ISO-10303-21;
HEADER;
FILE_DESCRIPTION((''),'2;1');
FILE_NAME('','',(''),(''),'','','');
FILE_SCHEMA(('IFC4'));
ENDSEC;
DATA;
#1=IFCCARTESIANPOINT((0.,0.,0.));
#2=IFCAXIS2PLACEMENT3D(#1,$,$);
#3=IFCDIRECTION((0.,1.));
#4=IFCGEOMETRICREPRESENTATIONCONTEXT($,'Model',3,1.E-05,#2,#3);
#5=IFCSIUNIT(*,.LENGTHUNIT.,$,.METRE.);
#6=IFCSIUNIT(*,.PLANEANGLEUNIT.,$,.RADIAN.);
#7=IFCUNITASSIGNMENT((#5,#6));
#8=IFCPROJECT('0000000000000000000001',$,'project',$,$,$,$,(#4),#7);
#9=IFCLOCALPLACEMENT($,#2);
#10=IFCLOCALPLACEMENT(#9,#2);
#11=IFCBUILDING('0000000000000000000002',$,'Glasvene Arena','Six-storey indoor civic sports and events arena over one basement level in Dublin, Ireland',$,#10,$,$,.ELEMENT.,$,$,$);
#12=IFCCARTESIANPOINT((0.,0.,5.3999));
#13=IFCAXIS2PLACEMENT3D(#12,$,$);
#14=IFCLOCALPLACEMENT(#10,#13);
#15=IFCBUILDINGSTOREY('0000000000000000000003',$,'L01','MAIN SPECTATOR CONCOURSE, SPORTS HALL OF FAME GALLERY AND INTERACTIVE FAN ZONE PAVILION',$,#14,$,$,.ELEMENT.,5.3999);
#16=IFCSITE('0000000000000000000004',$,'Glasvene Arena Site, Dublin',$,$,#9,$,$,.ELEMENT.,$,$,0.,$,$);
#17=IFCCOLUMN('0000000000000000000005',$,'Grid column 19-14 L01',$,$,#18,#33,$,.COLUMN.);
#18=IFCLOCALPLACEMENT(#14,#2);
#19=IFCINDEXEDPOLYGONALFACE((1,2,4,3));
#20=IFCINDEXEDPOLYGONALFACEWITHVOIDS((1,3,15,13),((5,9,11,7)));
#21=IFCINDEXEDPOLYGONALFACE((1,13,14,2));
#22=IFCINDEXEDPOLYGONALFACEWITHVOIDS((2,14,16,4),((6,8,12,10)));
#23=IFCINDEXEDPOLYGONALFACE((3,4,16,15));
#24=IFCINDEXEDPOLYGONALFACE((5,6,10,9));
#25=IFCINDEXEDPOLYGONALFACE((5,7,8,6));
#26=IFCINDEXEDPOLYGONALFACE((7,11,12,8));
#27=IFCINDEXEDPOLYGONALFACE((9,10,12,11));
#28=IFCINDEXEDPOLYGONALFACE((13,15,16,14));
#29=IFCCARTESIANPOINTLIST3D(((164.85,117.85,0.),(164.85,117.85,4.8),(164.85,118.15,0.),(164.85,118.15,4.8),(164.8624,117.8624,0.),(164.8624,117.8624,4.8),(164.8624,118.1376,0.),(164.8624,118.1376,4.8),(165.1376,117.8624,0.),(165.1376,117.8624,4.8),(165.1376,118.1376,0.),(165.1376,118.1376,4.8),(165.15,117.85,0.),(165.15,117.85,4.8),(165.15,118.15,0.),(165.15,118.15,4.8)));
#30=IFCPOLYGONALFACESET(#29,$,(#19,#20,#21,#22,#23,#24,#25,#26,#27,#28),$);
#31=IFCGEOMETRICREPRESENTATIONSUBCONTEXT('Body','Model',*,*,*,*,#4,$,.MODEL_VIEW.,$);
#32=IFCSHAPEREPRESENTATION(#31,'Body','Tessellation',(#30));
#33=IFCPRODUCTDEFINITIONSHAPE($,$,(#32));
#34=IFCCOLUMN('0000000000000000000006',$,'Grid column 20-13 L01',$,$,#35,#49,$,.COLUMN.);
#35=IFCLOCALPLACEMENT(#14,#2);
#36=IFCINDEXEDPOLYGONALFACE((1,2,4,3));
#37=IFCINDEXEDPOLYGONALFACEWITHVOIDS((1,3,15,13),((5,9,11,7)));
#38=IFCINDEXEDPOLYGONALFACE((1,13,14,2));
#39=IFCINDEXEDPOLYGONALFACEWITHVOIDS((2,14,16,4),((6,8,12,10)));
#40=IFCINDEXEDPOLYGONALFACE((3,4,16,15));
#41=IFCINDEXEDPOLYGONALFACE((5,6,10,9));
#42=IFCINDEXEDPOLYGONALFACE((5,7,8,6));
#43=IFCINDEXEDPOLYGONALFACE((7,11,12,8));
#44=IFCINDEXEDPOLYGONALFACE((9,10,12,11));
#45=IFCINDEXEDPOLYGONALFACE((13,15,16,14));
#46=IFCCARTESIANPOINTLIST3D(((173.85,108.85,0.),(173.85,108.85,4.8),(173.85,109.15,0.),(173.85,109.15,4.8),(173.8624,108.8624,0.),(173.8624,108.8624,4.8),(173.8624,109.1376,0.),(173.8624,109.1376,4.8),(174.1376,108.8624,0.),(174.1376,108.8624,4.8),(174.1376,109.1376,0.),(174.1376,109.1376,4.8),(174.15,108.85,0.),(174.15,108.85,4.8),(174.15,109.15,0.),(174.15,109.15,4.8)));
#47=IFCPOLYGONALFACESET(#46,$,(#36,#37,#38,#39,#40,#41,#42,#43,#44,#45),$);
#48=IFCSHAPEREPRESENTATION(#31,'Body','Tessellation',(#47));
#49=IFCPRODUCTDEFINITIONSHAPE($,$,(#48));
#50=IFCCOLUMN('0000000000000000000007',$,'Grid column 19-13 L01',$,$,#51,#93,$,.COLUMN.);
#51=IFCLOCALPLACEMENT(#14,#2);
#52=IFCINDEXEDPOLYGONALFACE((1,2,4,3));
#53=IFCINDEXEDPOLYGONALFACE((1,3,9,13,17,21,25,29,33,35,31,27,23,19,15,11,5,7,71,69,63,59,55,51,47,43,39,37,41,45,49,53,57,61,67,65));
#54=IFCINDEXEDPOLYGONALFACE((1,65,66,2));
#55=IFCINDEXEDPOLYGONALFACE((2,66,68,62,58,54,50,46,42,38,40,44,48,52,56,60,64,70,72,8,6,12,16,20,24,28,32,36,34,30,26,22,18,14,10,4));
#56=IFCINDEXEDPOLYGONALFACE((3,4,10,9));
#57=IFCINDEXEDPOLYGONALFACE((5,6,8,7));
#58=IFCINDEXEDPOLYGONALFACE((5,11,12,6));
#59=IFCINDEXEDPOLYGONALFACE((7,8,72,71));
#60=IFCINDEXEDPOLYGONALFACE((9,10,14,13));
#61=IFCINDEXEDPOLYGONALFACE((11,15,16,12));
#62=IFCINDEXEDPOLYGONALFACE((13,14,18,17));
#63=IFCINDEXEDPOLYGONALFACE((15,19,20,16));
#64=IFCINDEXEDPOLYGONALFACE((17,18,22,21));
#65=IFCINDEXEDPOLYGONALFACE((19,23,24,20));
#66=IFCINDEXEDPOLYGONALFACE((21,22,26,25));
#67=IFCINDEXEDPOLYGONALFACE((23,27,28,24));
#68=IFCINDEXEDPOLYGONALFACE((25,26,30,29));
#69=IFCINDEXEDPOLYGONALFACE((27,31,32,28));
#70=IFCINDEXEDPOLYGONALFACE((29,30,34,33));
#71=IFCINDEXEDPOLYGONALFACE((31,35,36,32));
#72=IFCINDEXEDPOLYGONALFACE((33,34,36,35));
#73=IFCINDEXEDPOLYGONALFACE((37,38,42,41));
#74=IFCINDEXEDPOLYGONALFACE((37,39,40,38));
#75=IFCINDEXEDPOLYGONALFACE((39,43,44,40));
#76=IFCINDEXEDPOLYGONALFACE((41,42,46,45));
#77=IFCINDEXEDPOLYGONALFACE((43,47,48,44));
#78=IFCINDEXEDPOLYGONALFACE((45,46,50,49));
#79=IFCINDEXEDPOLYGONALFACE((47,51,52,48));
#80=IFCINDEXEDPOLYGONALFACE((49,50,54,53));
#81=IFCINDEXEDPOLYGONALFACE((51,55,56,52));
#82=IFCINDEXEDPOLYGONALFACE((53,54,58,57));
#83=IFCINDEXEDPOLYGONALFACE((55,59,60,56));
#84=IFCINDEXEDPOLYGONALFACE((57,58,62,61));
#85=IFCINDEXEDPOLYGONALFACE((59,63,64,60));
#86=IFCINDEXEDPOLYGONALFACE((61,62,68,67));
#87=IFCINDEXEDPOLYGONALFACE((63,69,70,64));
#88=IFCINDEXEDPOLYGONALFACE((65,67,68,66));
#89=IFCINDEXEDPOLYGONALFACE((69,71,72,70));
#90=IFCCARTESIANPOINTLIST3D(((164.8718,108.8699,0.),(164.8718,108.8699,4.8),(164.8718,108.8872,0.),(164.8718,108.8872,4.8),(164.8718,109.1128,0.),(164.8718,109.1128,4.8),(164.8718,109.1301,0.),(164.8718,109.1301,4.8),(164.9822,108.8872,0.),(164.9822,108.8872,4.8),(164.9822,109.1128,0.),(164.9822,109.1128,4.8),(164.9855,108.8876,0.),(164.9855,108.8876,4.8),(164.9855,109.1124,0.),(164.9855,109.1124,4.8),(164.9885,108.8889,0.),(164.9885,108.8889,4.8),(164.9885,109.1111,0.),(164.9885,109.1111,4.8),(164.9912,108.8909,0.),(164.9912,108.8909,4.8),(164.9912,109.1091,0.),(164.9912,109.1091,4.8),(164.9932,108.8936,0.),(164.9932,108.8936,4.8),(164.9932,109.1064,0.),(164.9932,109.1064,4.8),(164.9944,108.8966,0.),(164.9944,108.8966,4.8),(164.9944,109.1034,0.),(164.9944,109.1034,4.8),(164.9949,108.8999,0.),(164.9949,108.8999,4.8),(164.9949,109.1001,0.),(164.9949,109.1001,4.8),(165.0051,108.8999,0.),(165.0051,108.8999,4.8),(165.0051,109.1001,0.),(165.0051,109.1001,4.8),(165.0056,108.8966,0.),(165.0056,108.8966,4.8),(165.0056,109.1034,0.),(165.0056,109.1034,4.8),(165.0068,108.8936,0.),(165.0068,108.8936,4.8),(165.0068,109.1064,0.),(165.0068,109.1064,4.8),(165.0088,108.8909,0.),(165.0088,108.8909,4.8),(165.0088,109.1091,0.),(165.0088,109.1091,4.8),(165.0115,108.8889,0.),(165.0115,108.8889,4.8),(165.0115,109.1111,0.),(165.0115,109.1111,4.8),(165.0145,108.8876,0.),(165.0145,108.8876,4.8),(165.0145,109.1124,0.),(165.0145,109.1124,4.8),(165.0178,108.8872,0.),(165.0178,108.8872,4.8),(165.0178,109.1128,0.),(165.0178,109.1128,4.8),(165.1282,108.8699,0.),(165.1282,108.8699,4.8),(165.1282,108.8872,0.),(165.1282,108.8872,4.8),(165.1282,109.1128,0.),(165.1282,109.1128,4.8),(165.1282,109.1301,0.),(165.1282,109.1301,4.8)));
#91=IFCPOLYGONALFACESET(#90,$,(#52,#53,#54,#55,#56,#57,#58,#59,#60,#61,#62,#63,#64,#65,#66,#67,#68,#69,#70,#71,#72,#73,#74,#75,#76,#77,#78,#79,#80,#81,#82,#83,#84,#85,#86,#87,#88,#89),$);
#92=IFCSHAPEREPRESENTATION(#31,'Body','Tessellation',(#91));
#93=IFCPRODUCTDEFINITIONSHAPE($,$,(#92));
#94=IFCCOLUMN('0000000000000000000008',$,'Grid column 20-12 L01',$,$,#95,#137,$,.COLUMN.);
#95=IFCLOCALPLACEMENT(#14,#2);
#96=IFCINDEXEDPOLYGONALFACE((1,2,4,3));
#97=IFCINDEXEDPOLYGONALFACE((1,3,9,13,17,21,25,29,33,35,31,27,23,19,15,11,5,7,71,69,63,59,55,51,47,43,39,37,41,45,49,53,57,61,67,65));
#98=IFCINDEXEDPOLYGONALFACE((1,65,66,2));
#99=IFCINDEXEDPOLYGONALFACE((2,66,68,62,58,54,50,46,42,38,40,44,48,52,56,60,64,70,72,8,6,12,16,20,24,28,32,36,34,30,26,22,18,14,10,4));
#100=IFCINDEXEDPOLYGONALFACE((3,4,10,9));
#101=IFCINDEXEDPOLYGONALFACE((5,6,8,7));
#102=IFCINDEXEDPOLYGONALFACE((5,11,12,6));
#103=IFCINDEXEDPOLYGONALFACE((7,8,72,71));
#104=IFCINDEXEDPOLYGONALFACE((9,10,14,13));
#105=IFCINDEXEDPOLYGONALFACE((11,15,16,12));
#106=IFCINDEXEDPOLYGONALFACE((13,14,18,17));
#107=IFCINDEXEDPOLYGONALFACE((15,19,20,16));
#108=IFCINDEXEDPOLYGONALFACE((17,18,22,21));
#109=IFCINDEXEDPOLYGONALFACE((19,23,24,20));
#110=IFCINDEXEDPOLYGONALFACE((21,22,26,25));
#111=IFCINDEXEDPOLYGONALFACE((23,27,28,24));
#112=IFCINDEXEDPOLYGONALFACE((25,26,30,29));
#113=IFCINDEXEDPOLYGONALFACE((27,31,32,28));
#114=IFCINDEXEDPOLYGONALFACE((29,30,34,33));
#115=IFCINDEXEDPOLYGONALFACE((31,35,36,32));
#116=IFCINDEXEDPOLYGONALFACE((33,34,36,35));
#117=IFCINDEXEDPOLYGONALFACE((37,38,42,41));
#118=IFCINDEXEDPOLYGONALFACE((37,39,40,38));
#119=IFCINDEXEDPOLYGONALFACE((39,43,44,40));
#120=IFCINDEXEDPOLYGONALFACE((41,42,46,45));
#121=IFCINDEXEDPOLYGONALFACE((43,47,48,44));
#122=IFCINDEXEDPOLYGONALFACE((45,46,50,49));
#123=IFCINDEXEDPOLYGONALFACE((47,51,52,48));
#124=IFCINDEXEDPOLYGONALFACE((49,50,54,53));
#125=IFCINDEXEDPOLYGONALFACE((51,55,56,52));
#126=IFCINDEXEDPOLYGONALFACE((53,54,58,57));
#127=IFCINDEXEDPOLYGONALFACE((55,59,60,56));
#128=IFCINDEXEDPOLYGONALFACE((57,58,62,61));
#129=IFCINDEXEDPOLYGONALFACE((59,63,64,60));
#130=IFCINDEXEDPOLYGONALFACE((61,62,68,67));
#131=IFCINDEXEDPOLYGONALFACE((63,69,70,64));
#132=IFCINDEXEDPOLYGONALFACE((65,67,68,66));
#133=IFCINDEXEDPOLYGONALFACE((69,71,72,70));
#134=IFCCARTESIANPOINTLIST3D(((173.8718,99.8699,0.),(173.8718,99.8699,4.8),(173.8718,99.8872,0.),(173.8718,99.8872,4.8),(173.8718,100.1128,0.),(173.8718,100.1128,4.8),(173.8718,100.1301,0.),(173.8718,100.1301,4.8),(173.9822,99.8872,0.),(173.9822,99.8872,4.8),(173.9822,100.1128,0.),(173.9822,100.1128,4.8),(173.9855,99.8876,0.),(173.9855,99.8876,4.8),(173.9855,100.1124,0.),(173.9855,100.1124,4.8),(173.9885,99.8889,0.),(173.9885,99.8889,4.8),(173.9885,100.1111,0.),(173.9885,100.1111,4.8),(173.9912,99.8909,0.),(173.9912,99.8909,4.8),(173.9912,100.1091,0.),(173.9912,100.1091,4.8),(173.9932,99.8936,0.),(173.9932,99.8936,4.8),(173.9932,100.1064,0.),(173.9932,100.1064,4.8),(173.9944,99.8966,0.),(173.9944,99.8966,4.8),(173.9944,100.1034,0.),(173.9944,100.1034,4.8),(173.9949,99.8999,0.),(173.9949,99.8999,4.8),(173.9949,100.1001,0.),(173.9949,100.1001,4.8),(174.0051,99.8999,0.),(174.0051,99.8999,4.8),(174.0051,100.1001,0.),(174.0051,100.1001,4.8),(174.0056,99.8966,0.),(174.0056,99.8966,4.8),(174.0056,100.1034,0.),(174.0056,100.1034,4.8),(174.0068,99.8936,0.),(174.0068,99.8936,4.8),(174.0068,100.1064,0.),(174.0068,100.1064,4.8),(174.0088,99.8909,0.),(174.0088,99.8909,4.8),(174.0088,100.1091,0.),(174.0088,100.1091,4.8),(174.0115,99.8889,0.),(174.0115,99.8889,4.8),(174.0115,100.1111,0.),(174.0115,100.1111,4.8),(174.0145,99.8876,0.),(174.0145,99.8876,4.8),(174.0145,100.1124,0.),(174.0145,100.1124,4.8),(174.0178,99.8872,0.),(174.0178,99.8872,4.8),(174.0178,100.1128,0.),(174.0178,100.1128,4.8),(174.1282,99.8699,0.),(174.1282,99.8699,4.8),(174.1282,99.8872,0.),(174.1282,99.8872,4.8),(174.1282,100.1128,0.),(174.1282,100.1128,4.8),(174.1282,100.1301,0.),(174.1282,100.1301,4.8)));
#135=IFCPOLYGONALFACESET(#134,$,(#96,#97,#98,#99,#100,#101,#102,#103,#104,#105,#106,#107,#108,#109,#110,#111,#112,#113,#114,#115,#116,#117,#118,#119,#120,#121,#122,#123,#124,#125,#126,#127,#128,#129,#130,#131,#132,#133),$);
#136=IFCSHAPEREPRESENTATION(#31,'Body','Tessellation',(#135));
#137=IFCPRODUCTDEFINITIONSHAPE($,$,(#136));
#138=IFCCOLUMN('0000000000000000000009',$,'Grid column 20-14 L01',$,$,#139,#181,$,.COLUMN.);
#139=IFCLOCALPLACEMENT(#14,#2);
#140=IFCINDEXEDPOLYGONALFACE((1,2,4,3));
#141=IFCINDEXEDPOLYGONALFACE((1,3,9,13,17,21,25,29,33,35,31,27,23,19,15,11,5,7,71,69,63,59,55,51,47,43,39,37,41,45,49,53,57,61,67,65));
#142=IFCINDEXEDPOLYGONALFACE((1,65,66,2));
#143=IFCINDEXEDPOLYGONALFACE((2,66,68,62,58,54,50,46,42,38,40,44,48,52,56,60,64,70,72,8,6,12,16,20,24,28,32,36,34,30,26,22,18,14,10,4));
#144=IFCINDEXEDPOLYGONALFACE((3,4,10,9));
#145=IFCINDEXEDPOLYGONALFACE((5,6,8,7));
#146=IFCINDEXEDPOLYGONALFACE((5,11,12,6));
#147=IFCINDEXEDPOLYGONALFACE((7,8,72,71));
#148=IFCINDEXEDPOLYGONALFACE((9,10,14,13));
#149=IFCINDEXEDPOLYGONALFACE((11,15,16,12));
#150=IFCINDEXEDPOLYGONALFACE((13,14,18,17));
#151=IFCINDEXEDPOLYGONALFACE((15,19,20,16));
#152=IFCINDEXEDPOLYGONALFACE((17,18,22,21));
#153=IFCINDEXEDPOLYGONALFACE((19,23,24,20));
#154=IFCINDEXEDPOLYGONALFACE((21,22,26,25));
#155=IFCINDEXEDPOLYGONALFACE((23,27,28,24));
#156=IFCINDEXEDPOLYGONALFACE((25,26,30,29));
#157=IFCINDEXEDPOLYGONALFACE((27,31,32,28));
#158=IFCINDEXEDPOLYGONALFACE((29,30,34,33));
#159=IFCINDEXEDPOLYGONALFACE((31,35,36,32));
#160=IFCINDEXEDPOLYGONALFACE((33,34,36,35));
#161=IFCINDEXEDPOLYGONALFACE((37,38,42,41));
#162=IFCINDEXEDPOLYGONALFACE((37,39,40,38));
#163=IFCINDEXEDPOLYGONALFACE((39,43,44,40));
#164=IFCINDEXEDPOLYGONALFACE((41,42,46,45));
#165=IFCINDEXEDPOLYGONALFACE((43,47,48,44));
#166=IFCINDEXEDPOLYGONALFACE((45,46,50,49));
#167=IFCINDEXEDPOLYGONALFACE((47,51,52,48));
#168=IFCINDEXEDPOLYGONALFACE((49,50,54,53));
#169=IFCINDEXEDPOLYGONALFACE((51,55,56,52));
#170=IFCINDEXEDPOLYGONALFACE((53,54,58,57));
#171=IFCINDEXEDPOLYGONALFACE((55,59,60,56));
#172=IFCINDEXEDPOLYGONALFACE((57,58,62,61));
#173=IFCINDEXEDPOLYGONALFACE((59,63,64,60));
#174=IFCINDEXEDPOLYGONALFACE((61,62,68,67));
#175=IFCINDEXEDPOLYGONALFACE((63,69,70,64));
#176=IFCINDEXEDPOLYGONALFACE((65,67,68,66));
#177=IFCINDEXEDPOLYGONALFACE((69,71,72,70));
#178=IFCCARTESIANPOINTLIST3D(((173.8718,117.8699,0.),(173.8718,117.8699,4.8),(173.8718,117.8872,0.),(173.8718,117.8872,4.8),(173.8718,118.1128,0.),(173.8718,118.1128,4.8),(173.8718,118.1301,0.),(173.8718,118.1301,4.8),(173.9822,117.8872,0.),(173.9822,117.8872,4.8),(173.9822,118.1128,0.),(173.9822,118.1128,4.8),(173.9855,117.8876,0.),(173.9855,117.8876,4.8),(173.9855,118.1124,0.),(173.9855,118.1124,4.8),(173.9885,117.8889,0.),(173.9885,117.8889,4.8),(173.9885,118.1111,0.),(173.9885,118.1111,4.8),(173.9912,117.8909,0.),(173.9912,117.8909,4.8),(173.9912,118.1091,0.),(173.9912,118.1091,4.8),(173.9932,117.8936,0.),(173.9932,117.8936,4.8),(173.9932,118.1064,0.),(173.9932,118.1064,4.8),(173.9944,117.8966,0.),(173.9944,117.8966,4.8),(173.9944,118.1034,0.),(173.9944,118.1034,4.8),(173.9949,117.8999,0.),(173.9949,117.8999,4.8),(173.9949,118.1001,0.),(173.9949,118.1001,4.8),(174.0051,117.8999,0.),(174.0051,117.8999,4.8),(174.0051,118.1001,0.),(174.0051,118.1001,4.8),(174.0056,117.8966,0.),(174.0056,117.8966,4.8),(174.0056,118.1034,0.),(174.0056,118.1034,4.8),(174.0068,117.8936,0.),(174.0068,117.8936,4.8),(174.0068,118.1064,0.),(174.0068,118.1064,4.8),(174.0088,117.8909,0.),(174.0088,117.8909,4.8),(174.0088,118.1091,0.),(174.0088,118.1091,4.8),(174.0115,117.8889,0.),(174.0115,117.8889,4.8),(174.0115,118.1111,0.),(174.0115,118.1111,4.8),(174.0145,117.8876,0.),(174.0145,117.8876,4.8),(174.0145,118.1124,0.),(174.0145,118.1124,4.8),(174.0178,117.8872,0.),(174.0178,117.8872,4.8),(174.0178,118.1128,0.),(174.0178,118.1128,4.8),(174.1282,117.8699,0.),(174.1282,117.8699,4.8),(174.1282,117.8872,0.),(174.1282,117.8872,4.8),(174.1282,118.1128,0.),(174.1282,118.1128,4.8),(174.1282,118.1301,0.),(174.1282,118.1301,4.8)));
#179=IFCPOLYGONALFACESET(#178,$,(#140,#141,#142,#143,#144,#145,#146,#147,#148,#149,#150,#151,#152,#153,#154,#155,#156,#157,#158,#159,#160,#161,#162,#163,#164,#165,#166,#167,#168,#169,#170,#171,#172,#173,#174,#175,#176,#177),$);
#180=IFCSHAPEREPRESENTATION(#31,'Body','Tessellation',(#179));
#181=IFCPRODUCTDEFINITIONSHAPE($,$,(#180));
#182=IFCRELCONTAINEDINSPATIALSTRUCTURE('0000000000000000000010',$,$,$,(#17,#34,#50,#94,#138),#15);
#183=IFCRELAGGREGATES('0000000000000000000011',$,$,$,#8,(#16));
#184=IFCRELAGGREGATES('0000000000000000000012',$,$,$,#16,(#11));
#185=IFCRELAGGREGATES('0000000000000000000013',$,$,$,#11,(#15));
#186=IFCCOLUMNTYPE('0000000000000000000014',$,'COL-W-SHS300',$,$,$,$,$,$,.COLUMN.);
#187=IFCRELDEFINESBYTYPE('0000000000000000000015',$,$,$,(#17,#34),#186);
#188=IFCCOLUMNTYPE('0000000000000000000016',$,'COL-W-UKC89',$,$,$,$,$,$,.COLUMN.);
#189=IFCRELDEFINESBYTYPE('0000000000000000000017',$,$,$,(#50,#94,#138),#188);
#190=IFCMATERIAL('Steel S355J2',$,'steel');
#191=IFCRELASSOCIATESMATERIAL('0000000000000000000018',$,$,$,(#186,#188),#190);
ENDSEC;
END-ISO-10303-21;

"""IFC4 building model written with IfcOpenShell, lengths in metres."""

from ifc_helpers import new_model, si_unit, direction, frame, origin, origin_2d, place, context, subcontext, project, spatial, hollow_rectangle, i_section, extrude, material, material_profile, profile_set, type_object, element, save


model = new_model("IFC4")

# Units and contexts
model_context = context("Model", 3, precision=1e-05, world=origin(), true_north=direction((0.0, 1.0)))
body_context = subcontext(model_context, "Body", "Model", "MODEL_VIEW")
ifc_project = project(units=[si_unit("LENGTHUNIT", "METRE"), si_unit("PLANEANGLEUNIT", "RADIAN")], contexts=[model_context])

# Site, building, storey
site_placement = place(None, origin())
site = spatial("IfcSite", under=ifc_project, at=site_placement, Name="Glasvene Arena Site, Dublin", CompositionType="ELEMENT", RefElevation=0.0)
building_placement = place(site_placement, origin())
building = spatial("IfcBuilding", under=site, at=building_placement, Name="Glasvene Arena", Description="Six-storey indoor civic sports and events arena over one basement level in Dublin, Ireland", CompositionType="ELEMENT")
storey_placement = place(building_placement, frame((0.0, 0.0, 5.3999)))
storey = spatial("IfcBuildingStorey", under=building, at=storey_placement, Name="L01", Description="MAIN SPECTATOR CONCOURSE, SPORTS HALL OF FAME GALLERY AND INTERACTIVE FAN ZONE PAVILION", CompositionType="ELEMENT", Elevation=5.3999)

# Columns
ifc_material_1 = material(Name="Steel S355J2", Category="steel")
ifc_material_profile_1 = material_profile(ifc_material_1, hollow_rectangle(XDim=0.3, YDim=0.3, WallThickness=0.0125, at=origin_2d()), Name="SHS 300x300x12.5")
ifc_profile_set_1 = profile_set([ifc_material_profile_1], Name="Steel S355J2")
column_type_1 = type_object("IfcColumnType", Name="COL-W-SHS300", PredefinedType="COLUMN", material=ifc_profile_set_1)
for number, where, z_axis, x_axis, name in (
    (1, (165.0, 118.0, 0.0), (0.0, 0.0, 1.0), (1.0, 0.0, 0.0), "Grid column 19-14 L01"),
    (2, (174.0, 109.0, 0.0), (0.0, 0.0, 1.0), (1.0, 0.0, 0.0), "Grid column 20-13 L01"),
):
    element("IfcColumn", number, at=place(storey_placement, frame(where, z_axis=z_axis, x_axis=x_axis)), inside=storey, type_object=column_type_1, Name=name, PredefinedType="COLUMN", context=body_context, shape_type="SweptSolid", body=[
        extrude(hollow_rectangle(XDim=0.3, YDim=0.3, WallThickness=0.0125, at=origin_2d()), origin(), (0.0, 0.0, 1.0), 4.8),
    ])
ifc_material_profile_2 = material_profile(ifc_material_1, i_section(OverallWidth=0.2563, OverallDepth=0.2603, WebThickness=0.0103, FlangeThickness=0.0173, FilletRadius=0.0127, at=origin_2d()), Name="UKC 254x254x89")
ifc_profile_set_2 = profile_set([ifc_material_profile_2], Name="Steel S355J2")
column_type_2 = type_object("IfcColumnType", Name="COL-W-UKC89", PredefinedType="COLUMN", material=ifc_profile_set_2)
for number, where, z_axis, x_axis, name in (
    (3, (165.0, 109.0, 0.0), (0.0, 0.0, 1.0), (1.0, 0.0, 0.0), "Grid column 19-13 L01"),
    (4, (174.0, 100.0, 0.0), (0.0, 0.0, 1.0), (1.0, 0.0, 0.0), "Grid column 20-12 L01"),
    (5, (174.0, 118.0, 0.0), (0.0, 0.0, 1.0), (1.0, 0.0, 0.0), "Grid column 20-14 L01"),
):
    element("IfcColumn", number, at=place(storey_placement, frame(where, z_axis=z_axis, x_axis=x_axis)), inside=storey, type_object=column_type_2, Name=name, PredefinedType="COLUMN", context=body_context, shape_type="SweptSolid", body=[
        extrude(i_section(OverallWidth=0.2563, OverallDepth=0.2603, WebThickness=0.0103, FlangeThickness=0.0173, FilletRadius=0.0127, at=origin_2d()), origin(), (0.0, 0.0, 1.0), 4.8),
    ])

save(model, "model.ifc")
